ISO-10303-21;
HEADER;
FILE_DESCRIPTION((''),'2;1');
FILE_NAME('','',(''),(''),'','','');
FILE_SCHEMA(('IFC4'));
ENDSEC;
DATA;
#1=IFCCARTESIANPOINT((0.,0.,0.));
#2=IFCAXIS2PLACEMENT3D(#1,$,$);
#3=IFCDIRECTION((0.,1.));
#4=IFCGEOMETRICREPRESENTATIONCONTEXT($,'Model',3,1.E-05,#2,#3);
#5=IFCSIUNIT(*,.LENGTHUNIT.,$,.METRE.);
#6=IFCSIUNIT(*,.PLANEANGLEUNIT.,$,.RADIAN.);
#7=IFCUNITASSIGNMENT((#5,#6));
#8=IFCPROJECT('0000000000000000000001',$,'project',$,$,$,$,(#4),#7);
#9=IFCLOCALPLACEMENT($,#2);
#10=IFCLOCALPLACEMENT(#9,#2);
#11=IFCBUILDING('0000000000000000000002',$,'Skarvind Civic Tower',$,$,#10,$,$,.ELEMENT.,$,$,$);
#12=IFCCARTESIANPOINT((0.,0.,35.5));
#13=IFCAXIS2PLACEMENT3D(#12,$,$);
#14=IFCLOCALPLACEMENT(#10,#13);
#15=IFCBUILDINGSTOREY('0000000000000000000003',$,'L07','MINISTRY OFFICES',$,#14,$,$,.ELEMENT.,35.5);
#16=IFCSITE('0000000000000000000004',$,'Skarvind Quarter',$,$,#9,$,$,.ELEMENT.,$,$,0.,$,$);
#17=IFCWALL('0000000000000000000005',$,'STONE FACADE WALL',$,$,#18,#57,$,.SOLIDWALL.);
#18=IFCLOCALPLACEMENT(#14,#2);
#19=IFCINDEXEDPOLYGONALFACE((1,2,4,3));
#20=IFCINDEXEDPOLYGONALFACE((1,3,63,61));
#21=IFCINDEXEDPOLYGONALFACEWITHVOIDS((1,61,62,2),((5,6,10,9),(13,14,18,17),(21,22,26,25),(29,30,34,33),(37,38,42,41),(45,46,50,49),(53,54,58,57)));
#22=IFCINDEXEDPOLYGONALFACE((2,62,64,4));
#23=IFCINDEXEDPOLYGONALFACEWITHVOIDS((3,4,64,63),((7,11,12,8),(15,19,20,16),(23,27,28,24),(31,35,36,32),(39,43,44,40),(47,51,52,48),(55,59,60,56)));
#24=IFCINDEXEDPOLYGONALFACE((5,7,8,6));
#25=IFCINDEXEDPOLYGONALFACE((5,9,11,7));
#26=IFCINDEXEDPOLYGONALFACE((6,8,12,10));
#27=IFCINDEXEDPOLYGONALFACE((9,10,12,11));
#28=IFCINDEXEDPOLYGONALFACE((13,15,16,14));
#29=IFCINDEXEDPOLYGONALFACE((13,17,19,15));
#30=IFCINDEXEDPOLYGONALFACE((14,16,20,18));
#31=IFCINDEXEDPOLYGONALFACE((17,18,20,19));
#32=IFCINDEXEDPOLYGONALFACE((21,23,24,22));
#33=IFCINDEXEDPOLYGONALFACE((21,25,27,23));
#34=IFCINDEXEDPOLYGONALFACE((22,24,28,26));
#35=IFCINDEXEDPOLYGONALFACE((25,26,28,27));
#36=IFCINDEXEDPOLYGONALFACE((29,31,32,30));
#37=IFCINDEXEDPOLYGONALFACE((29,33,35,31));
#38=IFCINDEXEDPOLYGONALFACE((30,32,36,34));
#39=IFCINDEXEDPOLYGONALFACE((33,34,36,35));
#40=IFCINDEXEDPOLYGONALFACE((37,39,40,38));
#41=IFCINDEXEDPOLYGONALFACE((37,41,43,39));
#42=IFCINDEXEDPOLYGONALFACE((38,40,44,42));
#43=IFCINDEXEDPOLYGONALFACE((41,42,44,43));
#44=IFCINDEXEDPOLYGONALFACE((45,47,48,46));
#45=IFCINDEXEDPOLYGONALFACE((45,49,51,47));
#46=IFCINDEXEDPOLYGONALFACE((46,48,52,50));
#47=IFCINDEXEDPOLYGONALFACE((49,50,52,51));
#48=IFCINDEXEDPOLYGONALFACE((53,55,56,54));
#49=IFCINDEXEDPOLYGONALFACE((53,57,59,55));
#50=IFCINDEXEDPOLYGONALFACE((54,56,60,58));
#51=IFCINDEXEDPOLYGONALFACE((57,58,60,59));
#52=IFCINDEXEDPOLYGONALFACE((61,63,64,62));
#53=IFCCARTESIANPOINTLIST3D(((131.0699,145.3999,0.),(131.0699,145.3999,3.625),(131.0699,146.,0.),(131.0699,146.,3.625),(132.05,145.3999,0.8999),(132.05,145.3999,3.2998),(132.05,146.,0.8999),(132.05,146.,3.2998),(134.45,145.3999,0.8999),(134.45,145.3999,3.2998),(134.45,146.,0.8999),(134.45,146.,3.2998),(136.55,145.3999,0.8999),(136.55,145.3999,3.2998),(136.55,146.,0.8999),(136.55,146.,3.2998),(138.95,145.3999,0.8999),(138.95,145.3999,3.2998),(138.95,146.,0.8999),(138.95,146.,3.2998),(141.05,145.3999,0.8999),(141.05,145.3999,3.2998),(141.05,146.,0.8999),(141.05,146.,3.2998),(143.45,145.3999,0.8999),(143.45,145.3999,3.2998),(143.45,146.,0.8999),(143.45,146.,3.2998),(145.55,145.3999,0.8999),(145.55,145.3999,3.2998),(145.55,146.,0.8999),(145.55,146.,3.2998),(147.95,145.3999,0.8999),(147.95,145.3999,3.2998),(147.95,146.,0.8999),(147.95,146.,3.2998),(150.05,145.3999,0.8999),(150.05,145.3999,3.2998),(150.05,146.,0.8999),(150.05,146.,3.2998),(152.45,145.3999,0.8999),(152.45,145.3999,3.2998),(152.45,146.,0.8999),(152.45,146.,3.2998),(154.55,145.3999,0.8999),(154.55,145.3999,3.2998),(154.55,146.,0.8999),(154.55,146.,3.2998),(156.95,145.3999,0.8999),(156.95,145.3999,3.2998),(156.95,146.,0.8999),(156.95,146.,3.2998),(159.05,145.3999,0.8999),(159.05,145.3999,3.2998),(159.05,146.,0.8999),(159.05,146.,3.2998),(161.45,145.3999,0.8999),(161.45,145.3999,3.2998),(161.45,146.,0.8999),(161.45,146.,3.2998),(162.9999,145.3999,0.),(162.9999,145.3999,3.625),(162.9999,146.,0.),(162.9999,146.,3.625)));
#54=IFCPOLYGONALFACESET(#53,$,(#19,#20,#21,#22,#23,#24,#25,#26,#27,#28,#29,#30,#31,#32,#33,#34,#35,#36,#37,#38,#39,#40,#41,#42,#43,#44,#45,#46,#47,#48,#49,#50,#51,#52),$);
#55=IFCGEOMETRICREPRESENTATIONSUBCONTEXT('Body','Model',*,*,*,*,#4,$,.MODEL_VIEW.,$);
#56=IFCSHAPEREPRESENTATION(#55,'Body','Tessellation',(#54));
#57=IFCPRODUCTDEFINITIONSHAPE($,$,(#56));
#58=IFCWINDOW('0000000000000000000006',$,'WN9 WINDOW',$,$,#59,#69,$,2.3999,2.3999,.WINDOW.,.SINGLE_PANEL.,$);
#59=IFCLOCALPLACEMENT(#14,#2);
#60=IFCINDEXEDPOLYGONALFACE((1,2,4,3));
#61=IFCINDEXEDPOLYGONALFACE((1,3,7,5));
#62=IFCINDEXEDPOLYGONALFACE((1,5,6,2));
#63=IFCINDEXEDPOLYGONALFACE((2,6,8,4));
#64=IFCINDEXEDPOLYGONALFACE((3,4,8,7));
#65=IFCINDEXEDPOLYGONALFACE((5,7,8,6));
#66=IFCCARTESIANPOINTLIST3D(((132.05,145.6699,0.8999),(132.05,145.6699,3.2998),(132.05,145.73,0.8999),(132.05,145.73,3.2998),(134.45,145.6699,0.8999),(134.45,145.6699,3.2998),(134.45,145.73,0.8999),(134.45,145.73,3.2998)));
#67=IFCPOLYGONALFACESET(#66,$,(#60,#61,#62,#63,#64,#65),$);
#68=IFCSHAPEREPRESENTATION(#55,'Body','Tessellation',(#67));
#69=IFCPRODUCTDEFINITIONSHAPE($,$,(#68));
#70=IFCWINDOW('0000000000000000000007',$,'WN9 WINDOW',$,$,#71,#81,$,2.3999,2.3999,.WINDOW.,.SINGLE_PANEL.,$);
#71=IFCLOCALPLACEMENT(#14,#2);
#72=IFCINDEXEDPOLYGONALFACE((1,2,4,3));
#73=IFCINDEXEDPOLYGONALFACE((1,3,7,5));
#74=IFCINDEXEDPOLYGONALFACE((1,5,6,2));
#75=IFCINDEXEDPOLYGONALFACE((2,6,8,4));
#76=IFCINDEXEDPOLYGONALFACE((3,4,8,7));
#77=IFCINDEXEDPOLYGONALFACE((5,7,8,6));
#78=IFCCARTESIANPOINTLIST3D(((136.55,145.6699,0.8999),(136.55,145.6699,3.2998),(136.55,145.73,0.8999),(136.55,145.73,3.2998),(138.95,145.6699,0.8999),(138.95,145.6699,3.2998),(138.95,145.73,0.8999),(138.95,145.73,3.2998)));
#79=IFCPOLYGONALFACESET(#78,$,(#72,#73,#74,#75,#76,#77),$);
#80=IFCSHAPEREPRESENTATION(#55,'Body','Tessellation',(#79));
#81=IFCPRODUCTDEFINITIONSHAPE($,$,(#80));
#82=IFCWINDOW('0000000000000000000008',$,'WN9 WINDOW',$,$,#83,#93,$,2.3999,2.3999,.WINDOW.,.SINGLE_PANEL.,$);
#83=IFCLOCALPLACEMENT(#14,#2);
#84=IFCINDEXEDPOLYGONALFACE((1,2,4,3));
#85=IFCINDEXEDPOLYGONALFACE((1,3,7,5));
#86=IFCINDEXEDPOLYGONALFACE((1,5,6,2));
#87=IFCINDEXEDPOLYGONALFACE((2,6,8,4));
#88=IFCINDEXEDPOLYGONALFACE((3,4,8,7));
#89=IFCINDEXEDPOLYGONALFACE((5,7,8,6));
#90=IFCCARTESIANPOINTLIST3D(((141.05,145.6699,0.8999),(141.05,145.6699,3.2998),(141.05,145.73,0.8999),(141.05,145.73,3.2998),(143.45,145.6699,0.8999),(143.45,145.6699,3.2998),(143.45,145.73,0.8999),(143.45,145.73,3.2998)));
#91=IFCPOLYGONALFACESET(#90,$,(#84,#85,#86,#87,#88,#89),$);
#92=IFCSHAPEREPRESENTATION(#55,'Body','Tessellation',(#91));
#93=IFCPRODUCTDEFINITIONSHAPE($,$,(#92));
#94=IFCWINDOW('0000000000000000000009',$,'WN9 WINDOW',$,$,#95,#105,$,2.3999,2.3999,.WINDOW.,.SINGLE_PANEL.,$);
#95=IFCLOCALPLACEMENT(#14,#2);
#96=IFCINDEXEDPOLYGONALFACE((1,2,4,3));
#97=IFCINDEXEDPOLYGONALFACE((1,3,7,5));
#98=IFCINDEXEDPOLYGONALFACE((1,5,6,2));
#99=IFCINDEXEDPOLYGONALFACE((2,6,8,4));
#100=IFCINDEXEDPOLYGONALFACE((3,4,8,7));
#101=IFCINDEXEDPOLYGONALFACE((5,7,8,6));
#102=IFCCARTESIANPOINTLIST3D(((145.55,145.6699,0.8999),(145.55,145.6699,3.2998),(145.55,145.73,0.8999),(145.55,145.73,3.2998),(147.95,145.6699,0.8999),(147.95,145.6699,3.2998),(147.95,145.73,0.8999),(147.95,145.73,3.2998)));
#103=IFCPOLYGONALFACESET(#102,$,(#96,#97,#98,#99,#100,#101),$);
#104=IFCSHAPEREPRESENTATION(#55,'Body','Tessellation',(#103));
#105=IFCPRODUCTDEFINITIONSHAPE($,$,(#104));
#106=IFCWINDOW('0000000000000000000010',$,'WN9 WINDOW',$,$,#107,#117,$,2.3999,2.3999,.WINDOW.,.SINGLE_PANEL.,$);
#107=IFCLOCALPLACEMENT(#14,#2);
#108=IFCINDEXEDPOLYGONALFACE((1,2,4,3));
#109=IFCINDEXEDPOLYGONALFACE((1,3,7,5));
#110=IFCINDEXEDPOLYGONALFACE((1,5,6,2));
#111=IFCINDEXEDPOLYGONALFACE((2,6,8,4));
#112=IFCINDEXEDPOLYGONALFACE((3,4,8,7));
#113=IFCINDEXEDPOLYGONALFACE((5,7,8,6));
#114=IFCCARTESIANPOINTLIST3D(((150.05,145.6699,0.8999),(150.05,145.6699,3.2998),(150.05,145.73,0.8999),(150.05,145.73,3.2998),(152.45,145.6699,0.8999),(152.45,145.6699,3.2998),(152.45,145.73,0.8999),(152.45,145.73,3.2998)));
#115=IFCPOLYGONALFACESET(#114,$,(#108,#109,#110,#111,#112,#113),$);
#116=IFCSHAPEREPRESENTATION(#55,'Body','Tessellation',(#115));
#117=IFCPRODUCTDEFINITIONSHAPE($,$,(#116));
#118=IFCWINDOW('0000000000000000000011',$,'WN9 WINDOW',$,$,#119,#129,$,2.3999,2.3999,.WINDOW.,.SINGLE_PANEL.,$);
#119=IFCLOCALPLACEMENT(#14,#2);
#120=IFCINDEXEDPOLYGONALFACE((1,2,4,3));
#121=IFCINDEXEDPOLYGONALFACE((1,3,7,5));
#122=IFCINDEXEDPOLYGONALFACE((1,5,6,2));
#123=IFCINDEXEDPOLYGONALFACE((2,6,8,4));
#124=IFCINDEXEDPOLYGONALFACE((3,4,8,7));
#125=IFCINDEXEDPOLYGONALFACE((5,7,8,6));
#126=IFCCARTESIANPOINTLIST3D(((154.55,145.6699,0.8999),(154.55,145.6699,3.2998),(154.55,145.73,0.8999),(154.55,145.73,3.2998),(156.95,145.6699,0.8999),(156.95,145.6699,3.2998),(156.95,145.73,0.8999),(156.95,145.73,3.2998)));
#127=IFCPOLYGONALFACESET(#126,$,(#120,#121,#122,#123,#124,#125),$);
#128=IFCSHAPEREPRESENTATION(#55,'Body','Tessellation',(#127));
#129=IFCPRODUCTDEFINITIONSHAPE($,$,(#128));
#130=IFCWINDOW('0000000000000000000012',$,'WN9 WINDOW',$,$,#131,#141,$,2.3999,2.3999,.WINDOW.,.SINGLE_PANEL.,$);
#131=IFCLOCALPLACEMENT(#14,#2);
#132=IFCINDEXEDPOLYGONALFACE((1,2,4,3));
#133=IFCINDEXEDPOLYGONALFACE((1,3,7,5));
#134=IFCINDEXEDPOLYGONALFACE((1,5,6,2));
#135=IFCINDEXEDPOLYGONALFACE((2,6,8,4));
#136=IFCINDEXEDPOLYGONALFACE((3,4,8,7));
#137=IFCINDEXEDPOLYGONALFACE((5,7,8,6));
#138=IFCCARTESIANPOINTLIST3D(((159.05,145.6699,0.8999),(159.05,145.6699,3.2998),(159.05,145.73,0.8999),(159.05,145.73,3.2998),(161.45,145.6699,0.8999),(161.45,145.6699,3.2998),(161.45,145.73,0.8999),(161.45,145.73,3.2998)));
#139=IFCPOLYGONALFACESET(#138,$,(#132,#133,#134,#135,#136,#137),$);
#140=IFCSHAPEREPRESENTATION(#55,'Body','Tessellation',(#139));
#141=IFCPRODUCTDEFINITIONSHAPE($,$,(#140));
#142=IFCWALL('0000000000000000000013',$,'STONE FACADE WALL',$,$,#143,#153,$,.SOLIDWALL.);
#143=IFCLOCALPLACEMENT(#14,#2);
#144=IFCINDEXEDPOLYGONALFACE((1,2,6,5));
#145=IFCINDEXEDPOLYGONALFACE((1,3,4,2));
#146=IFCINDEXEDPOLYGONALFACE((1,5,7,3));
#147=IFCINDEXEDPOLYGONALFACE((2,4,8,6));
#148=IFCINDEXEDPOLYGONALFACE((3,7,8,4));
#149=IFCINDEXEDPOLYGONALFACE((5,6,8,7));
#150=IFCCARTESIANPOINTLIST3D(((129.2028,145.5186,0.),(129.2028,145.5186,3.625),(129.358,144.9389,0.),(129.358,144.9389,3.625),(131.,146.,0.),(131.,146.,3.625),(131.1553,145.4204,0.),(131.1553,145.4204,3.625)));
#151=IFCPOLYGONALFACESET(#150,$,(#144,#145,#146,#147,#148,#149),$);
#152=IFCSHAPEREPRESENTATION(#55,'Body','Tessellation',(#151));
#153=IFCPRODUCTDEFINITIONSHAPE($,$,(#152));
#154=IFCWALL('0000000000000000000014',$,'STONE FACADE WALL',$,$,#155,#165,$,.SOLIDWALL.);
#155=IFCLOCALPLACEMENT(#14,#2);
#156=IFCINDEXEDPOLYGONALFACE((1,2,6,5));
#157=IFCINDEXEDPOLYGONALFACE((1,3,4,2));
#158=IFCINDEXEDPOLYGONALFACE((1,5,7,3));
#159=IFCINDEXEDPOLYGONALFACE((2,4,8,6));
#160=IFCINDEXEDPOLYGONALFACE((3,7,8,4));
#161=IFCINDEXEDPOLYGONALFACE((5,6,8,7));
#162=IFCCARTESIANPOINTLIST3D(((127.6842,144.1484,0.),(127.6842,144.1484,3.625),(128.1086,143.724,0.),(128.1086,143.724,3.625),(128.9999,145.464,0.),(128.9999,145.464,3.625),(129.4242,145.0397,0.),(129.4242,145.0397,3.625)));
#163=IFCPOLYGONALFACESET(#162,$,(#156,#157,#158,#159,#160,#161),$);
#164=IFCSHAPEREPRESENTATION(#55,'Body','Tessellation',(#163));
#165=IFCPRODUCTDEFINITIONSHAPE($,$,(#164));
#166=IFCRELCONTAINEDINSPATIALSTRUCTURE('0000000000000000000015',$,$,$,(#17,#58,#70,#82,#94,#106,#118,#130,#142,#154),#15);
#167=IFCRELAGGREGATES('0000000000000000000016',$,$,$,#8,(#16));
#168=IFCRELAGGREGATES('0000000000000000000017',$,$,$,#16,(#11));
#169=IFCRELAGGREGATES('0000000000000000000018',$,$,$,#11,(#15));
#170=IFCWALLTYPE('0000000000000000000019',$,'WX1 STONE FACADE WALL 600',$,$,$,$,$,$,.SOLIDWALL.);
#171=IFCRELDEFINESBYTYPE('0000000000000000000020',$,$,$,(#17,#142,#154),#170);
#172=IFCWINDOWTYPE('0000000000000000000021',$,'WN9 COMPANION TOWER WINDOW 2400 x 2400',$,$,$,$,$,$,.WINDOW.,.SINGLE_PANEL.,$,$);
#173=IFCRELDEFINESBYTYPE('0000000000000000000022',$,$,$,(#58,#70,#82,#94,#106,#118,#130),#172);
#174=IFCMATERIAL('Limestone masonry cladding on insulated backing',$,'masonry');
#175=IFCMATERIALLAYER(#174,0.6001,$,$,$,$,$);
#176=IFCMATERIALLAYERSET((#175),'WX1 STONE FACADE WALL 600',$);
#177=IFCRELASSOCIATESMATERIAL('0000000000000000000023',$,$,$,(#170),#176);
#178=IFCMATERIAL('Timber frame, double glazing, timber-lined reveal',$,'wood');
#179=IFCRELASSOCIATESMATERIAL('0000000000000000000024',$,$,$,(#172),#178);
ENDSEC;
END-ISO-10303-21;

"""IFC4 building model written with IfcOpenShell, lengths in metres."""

from ifc_helpers import new_model, si_unit, direction, frame, frame_2d, origin, place, context, subcontext, project, spatial, rectangle, extrude, material, layer, layer_set, type_object, element, fill, save


model = new_model("IFC4")

# Units and contexts
model_context = context("Model", 3, precision=1e-05, world=origin(), true_north=direction((0.0, 1.0)))
body_context = subcontext(model_context, "Body", "Model", "MODEL_VIEW")
ifc_project = project(units=[si_unit("LENGTHUNIT", "METRE"), si_unit("PLANEANGLEUNIT", "RADIAN")], contexts=[model_context])

# Site, building, storey
site_placement = place(None, origin())
site = spatial("IfcSite", under=ifc_project, at=site_placement, Name="Skarvind Quarter", CompositionType="ELEMENT", RefElevation=0.0)
building_placement = place(site_placement, origin())
building = spatial("IfcBuilding", under=site, at=building_placement, Name="Skarvind Civic Tower", CompositionType="ELEMENT")
storey_placement = place(building_placement, frame((0.0, 0.0, 35.5)))
storey = spatial("IfcBuildingStorey", under=building, at=storey_placement, Name="L07", Description="MINISTRY OFFICES", CompositionType="ELEMENT", Elevation=35.5)

# Wall, openings, windows
ifc_material_1 = material(Name="Limestone masonry cladding on insulated backing", Category="masonry")
ifc_layer_1 = layer(ifc_material_1, 0.6001)
ifc_layer_set_1 = layer_set([ifc_layer_1], Name="WX1 STONE FACADE WALL 600")
wall_type_1 = type_object("IfcWallType", Name="WX1 STONE FACADE WALL 600", PredefinedType="SOLIDWALL", material=ifc_layer_set_1)
wall_1_placement = place(storey_placement, frame((131.0701, 145.7, 0.0), z_axis=(0.0, 0.0, 1.0), x_axis=(1.0, 0.0, 0.0)))
wall_1 = element("IfcWall", 1, at=wall_1_placement, inside=storey, type_object=wall_type_1, Name="STONE FACADE WALL", PredefinedType="SOLIDWALL", context=body_context, shape_type="SweptSolid", body=[
    extrude(rectangle(XDim=31.9299, YDim=0.6001, at=frame_2d((15.9648, 0.0))), origin(), (0.0, 0.0, 1.0), 3.625),
])
opening_1_placement = place(wall_1_placement, frame((0.98, 0.0, 0.8999)))
opening_1 = element("IfcOpeningElement", 2, at=opening_1_placement, cuts=wall_1, PredefinedType="OPENING", context=body_context, shape_type="SweptSolid", body=[
    extrude(rectangle(XDim=2.3999, YDim=2.3999, at=frame_2d((1.2, 1.2))), frame((0.0, 0.3101, 0.0), z_axis=(0.0, -1.0, 0.0), x_axis=(1.0, 0.0, 0.0)), (0.0, 0.0, 1.0), 0.6201),
])
opening_2_placement = place(wall_1_placement, frame((5.48, 0.0, 0.8999)))
opening_2 = element("IfcOpeningElement", 3, at=opening_2_placement, cuts=wall_1, PredefinedType="OPENING", context=body_context, shape_type="SweptSolid", body=[
    extrude(rectangle(XDim=2.3999, YDim=2.3999, at=frame_2d((1.2, 1.2))), frame((0.0, 0.3101, 0.0), z_axis=(0.0, -1.0, 0.0), x_axis=(1.0, 0.0, 0.0)), (0.0, 0.0, 1.0), 0.6201),
])
opening_3_placement = place(wall_1_placement, frame((9.98, 0.0, 0.8999)))
opening_3 = element("IfcOpeningElement", 4, at=opening_3_placement, cuts=wall_1, PredefinedType="OPENING", context=body_context, shape_type="SweptSolid", body=[
    extrude(rectangle(XDim=2.3999, YDim=2.3999, at=frame_2d((1.2, 1.2))), frame((0.0, 0.3101, 0.0), z_axis=(0.0, -1.0, 0.0), x_axis=(1.0, 0.0, 0.0)), (0.0, 0.0, 1.0), 0.6201),
])
opening_4_placement = place(wall_1_placement, frame((14.48, 0.0, 0.8999)))
opening_4 = element("IfcOpeningElement", 5, at=opening_4_placement, cuts=wall_1, PredefinedType="OPENING", context=body_context, shape_type="SweptSolid", body=[
    extrude(rectangle(XDim=2.3999, YDim=2.3999, at=frame_2d((1.2, 1.2))), frame((0.0, 0.3101, 0.0), z_axis=(0.0, -1.0, 0.0), x_axis=(1.0, 0.0, 0.0)), (0.0, 0.0, 1.0), 0.6201),
])
opening_5_placement = place(wall_1_placement, frame((18.98, 0.0, 0.8999)))
opening_5 = element("IfcOpeningElement", 6, at=opening_5_placement, cuts=wall_1, PredefinedType="OPENING", context=body_context, shape_type="SweptSolid", body=[
    extrude(rectangle(XDim=2.3999, YDim=2.3999, at=frame_2d((1.2, 1.2))), frame((0.0, 0.3101, 0.0), z_axis=(0.0, -1.0, 0.0), x_axis=(1.0, 0.0, 0.0)), (0.0, 0.0, 1.0), 0.6201),
])
opening_6_placement = place(wall_1_placement, frame((23.48, 0.0, 0.8999)))
opening_6 = element("IfcOpeningElement", 7, at=opening_6_placement, cuts=wall_1, PredefinedType="OPENING", context=body_context, shape_type="SweptSolid", body=[
    extrude(rectangle(XDim=2.3999, YDim=2.3999, at=frame_2d((1.2, 1.2))), frame((0.0, 0.3101, 0.0), z_axis=(0.0, -1.0, 0.0), x_axis=(1.0, 0.0, 0.0)), (0.0, 0.0, 1.0), 0.6201),
])
opening_7_placement = place(wall_1_placement, frame((27.98, 0.0, 0.8999)))
opening_7 = element("IfcOpeningElement", 8, at=opening_7_placement, cuts=wall_1, PredefinedType="OPENING", context=body_context, shape_type="SweptSolid", body=[
    extrude(rectangle(XDim=2.3999, YDim=2.3999, at=frame_2d((1.2, 1.2))), frame((0.0, 0.3101, 0.0), z_axis=(0.0, -1.0, 0.0), x_axis=(1.0, 0.0, 0.0)), (0.0, 0.0, 1.0), 0.6201),
])
ifc_material_2 = material(Name="Timber frame, double glazing, timber-lined reveal", Category="wood")
window_type = type_object("IfcWindowType", Name="WN9 COMPANION TOWER WINDOW 2400 x 2400", PartitioningType="SINGLE_PANEL", PredefinedType="WINDOW", material=ifc_material_2)
window_1_placement = place(opening_1_placement, origin())
window_1 = element("IfcWindow", 9, at=window_1_placement, inside=storey, type_object=window_type, Name="WN9 WINDOW", OverallHeight=2.3999, OverallWidth=2.3999, PartitioningType="SINGLE_PANEL", PredefinedType="WINDOW", context=body_context, shape_type="SweptSolid", body=[
    extrude(rectangle(XDim=2.3999, YDim=2.3999, at=frame_2d((1.2, 1.2))), frame((0.0, 0.03, 0.0), z_axis=(0.0, -1.0, 0.0), x_axis=(1.0, 0.0, 0.0)), (0.0, 0.0, 1.0), 0.0601),
])
fill(opening_1, window_1)
window_2_placement = place(opening_2_placement, origin())
window_2 = element("IfcWindow", 10, at=window_2_placement, inside=storey, type_object=window_type, Name="WN9 WINDOW", OverallHeight=2.3999, OverallWidth=2.3999, PartitioningType="SINGLE_PANEL", PredefinedType="WINDOW", context=body_context, shape_type="SweptSolid", body=[
    extrude(rectangle(XDim=2.3999, YDim=2.3999, at=frame_2d((1.2, 1.2))), frame((0.0, 0.03, 0.0), z_axis=(0.0, -1.0, 0.0), x_axis=(1.0, 0.0, 0.0)), (0.0, 0.0, 1.0), 0.0601),
])
fill(opening_2, window_2)
window_3_placement = place(opening_3_placement, origin())
window_3 = element("IfcWindow", 11, at=window_3_placement, inside=storey, type_object=window_type, Name="WN9 WINDOW", OverallHeight=2.3999, OverallWidth=2.3999, PartitioningType="SINGLE_PANEL", PredefinedType="WINDOW", context=body_context, shape_type="SweptSolid", body=[
    extrude(rectangle(XDim=2.3999, YDim=2.3999, at=frame_2d((1.2, 1.2))), frame((0.0, 0.03, 0.0), z_axis=(0.0, -1.0, 0.0), x_axis=(1.0, 0.0, 0.0)), (0.0, 0.0, 1.0), 0.0601),
])
fill(opening_3, window_3)
window_4_placement = place(opening_4_placement, origin())
window_4 = element("IfcWindow", 12, at=window_4_placement, inside=storey, type_object=window_type, Name="WN9 WINDOW", OverallHeight=2.3999, OverallWidth=2.3999, PartitioningType="SINGLE_PANEL", PredefinedType="WINDOW", context=body_context, shape_type="SweptSolid", body=[
    extrude(rectangle(XDim=2.3999, YDim=2.3999, at=frame_2d((1.2, 1.2))), frame((0.0, 0.03, 0.0), z_axis=(0.0, -1.0, 0.0), x_axis=(1.0, 0.0, 0.0)), (0.0, 0.0, 1.0), 0.0601),
])
fill(opening_4, window_4)
window_5_placement = place(opening_5_placement, origin())
window_5 = element("IfcWindow", 13, at=window_5_placement, inside=storey, type_object=window_type, Name="WN9 WINDOW", OverallHeight=2.3999, OverallWidth=2.3999, PartitioningType="SINGLE_PANEL", PredefinedType="WINDOW", context=body_context, shape_type="SweptSolid", body=[
    extrude(rectangle(XDim=2.3999, YDim=2.3999, at=frame_2d((1.2, 1.2))), frame((0.0, 0.03, 0.0), z_axis=(0.0, -1.0, 0.0), x_axis=(1.0, 0.0, 0.0)), (0.0, 0.0, 1.0), 0.0601),
])
fill(opening_5, window_5)
window_6_placement = place(opening_6_placement, origin())
window_6 = element("IfcWindow", 14, at=window_6_placement, inside=storey, type_object=window_type, Name="WN9 WINDOW", OverallHeight=2.3999, OverallWidth=2.3999, PartitioningType="SINGLE_PANEL", PredefinedType="WINDOW", context=body_context, shape_type="SweptSolid", body=[
    extrude(rectangle(XDim=2.3999, YDim=2.3999, at=frame_2d((1.2, 1.2))), frame((0.0, 0.03, 0.0), z_axis=(0.0, -1.0, 0.0), x_axis=(1.0, 0.0, 0.0)), (0.0, 0.0, 1.0), 0.0601),
])
fill(opening_6, window_6)
window_7_placement = place(opening_7_placement, origin())
window_7 = element("IfcWindow", 15, at=window_7_placement, inside=storey, type_object=window_type, Name="WN9 WINDOW", OverallHeight=2.3999, OverallWidth=2.3999, PartitioningType="SINGLE_PANEL", PredefinedType="WINDOW", context=body_context, shape_type="SweptSolid", body=[
    extrude(rectangle(XDim=2.3999, YDim=2.3999, at=frame_2d((1.2, 1.2))), frame((0.0, 0.03, 0.0), z_axis=(0.0, -1.0, 0.0), x_axis=(1.0, 0.0, 0.0)), (0.0, 0.0, 1.0), 0.0601),
])
fill(opening_7, window_7)

# Walls
for number, where, z_axis, x_axis, name in (
    (16, (129.2805, 145.2288, 0.0), (0.0, 0.0, 1.0), (0.965938, 0.258773, 0.0), "STONE FACADE WALL"),
    (17, (127.8965, 143.9363, 0.0), (0.0, 0.0, 1.0), (0.707107, 0.707107, 0.0), "STONE FACADE WALL"),
):
    element("IfcWall", number, at=place(storey_placement, frame(where, z_axis=z_axis, x_axis=x_axis)), inside=storey, type_object=wall_type_1, Name=name, PredefinedType="SOLIDWALL", context=body_context, shape_type="SweptSolid", body=[
        extrude(rectangle(XDim=1.8606, YDim=0.6001, at=frame_2d((0.9302, 0.0))), origin(), (0.0, 0.0, 1.0), 3.625),
    ])

save(model, "model.ifc")
